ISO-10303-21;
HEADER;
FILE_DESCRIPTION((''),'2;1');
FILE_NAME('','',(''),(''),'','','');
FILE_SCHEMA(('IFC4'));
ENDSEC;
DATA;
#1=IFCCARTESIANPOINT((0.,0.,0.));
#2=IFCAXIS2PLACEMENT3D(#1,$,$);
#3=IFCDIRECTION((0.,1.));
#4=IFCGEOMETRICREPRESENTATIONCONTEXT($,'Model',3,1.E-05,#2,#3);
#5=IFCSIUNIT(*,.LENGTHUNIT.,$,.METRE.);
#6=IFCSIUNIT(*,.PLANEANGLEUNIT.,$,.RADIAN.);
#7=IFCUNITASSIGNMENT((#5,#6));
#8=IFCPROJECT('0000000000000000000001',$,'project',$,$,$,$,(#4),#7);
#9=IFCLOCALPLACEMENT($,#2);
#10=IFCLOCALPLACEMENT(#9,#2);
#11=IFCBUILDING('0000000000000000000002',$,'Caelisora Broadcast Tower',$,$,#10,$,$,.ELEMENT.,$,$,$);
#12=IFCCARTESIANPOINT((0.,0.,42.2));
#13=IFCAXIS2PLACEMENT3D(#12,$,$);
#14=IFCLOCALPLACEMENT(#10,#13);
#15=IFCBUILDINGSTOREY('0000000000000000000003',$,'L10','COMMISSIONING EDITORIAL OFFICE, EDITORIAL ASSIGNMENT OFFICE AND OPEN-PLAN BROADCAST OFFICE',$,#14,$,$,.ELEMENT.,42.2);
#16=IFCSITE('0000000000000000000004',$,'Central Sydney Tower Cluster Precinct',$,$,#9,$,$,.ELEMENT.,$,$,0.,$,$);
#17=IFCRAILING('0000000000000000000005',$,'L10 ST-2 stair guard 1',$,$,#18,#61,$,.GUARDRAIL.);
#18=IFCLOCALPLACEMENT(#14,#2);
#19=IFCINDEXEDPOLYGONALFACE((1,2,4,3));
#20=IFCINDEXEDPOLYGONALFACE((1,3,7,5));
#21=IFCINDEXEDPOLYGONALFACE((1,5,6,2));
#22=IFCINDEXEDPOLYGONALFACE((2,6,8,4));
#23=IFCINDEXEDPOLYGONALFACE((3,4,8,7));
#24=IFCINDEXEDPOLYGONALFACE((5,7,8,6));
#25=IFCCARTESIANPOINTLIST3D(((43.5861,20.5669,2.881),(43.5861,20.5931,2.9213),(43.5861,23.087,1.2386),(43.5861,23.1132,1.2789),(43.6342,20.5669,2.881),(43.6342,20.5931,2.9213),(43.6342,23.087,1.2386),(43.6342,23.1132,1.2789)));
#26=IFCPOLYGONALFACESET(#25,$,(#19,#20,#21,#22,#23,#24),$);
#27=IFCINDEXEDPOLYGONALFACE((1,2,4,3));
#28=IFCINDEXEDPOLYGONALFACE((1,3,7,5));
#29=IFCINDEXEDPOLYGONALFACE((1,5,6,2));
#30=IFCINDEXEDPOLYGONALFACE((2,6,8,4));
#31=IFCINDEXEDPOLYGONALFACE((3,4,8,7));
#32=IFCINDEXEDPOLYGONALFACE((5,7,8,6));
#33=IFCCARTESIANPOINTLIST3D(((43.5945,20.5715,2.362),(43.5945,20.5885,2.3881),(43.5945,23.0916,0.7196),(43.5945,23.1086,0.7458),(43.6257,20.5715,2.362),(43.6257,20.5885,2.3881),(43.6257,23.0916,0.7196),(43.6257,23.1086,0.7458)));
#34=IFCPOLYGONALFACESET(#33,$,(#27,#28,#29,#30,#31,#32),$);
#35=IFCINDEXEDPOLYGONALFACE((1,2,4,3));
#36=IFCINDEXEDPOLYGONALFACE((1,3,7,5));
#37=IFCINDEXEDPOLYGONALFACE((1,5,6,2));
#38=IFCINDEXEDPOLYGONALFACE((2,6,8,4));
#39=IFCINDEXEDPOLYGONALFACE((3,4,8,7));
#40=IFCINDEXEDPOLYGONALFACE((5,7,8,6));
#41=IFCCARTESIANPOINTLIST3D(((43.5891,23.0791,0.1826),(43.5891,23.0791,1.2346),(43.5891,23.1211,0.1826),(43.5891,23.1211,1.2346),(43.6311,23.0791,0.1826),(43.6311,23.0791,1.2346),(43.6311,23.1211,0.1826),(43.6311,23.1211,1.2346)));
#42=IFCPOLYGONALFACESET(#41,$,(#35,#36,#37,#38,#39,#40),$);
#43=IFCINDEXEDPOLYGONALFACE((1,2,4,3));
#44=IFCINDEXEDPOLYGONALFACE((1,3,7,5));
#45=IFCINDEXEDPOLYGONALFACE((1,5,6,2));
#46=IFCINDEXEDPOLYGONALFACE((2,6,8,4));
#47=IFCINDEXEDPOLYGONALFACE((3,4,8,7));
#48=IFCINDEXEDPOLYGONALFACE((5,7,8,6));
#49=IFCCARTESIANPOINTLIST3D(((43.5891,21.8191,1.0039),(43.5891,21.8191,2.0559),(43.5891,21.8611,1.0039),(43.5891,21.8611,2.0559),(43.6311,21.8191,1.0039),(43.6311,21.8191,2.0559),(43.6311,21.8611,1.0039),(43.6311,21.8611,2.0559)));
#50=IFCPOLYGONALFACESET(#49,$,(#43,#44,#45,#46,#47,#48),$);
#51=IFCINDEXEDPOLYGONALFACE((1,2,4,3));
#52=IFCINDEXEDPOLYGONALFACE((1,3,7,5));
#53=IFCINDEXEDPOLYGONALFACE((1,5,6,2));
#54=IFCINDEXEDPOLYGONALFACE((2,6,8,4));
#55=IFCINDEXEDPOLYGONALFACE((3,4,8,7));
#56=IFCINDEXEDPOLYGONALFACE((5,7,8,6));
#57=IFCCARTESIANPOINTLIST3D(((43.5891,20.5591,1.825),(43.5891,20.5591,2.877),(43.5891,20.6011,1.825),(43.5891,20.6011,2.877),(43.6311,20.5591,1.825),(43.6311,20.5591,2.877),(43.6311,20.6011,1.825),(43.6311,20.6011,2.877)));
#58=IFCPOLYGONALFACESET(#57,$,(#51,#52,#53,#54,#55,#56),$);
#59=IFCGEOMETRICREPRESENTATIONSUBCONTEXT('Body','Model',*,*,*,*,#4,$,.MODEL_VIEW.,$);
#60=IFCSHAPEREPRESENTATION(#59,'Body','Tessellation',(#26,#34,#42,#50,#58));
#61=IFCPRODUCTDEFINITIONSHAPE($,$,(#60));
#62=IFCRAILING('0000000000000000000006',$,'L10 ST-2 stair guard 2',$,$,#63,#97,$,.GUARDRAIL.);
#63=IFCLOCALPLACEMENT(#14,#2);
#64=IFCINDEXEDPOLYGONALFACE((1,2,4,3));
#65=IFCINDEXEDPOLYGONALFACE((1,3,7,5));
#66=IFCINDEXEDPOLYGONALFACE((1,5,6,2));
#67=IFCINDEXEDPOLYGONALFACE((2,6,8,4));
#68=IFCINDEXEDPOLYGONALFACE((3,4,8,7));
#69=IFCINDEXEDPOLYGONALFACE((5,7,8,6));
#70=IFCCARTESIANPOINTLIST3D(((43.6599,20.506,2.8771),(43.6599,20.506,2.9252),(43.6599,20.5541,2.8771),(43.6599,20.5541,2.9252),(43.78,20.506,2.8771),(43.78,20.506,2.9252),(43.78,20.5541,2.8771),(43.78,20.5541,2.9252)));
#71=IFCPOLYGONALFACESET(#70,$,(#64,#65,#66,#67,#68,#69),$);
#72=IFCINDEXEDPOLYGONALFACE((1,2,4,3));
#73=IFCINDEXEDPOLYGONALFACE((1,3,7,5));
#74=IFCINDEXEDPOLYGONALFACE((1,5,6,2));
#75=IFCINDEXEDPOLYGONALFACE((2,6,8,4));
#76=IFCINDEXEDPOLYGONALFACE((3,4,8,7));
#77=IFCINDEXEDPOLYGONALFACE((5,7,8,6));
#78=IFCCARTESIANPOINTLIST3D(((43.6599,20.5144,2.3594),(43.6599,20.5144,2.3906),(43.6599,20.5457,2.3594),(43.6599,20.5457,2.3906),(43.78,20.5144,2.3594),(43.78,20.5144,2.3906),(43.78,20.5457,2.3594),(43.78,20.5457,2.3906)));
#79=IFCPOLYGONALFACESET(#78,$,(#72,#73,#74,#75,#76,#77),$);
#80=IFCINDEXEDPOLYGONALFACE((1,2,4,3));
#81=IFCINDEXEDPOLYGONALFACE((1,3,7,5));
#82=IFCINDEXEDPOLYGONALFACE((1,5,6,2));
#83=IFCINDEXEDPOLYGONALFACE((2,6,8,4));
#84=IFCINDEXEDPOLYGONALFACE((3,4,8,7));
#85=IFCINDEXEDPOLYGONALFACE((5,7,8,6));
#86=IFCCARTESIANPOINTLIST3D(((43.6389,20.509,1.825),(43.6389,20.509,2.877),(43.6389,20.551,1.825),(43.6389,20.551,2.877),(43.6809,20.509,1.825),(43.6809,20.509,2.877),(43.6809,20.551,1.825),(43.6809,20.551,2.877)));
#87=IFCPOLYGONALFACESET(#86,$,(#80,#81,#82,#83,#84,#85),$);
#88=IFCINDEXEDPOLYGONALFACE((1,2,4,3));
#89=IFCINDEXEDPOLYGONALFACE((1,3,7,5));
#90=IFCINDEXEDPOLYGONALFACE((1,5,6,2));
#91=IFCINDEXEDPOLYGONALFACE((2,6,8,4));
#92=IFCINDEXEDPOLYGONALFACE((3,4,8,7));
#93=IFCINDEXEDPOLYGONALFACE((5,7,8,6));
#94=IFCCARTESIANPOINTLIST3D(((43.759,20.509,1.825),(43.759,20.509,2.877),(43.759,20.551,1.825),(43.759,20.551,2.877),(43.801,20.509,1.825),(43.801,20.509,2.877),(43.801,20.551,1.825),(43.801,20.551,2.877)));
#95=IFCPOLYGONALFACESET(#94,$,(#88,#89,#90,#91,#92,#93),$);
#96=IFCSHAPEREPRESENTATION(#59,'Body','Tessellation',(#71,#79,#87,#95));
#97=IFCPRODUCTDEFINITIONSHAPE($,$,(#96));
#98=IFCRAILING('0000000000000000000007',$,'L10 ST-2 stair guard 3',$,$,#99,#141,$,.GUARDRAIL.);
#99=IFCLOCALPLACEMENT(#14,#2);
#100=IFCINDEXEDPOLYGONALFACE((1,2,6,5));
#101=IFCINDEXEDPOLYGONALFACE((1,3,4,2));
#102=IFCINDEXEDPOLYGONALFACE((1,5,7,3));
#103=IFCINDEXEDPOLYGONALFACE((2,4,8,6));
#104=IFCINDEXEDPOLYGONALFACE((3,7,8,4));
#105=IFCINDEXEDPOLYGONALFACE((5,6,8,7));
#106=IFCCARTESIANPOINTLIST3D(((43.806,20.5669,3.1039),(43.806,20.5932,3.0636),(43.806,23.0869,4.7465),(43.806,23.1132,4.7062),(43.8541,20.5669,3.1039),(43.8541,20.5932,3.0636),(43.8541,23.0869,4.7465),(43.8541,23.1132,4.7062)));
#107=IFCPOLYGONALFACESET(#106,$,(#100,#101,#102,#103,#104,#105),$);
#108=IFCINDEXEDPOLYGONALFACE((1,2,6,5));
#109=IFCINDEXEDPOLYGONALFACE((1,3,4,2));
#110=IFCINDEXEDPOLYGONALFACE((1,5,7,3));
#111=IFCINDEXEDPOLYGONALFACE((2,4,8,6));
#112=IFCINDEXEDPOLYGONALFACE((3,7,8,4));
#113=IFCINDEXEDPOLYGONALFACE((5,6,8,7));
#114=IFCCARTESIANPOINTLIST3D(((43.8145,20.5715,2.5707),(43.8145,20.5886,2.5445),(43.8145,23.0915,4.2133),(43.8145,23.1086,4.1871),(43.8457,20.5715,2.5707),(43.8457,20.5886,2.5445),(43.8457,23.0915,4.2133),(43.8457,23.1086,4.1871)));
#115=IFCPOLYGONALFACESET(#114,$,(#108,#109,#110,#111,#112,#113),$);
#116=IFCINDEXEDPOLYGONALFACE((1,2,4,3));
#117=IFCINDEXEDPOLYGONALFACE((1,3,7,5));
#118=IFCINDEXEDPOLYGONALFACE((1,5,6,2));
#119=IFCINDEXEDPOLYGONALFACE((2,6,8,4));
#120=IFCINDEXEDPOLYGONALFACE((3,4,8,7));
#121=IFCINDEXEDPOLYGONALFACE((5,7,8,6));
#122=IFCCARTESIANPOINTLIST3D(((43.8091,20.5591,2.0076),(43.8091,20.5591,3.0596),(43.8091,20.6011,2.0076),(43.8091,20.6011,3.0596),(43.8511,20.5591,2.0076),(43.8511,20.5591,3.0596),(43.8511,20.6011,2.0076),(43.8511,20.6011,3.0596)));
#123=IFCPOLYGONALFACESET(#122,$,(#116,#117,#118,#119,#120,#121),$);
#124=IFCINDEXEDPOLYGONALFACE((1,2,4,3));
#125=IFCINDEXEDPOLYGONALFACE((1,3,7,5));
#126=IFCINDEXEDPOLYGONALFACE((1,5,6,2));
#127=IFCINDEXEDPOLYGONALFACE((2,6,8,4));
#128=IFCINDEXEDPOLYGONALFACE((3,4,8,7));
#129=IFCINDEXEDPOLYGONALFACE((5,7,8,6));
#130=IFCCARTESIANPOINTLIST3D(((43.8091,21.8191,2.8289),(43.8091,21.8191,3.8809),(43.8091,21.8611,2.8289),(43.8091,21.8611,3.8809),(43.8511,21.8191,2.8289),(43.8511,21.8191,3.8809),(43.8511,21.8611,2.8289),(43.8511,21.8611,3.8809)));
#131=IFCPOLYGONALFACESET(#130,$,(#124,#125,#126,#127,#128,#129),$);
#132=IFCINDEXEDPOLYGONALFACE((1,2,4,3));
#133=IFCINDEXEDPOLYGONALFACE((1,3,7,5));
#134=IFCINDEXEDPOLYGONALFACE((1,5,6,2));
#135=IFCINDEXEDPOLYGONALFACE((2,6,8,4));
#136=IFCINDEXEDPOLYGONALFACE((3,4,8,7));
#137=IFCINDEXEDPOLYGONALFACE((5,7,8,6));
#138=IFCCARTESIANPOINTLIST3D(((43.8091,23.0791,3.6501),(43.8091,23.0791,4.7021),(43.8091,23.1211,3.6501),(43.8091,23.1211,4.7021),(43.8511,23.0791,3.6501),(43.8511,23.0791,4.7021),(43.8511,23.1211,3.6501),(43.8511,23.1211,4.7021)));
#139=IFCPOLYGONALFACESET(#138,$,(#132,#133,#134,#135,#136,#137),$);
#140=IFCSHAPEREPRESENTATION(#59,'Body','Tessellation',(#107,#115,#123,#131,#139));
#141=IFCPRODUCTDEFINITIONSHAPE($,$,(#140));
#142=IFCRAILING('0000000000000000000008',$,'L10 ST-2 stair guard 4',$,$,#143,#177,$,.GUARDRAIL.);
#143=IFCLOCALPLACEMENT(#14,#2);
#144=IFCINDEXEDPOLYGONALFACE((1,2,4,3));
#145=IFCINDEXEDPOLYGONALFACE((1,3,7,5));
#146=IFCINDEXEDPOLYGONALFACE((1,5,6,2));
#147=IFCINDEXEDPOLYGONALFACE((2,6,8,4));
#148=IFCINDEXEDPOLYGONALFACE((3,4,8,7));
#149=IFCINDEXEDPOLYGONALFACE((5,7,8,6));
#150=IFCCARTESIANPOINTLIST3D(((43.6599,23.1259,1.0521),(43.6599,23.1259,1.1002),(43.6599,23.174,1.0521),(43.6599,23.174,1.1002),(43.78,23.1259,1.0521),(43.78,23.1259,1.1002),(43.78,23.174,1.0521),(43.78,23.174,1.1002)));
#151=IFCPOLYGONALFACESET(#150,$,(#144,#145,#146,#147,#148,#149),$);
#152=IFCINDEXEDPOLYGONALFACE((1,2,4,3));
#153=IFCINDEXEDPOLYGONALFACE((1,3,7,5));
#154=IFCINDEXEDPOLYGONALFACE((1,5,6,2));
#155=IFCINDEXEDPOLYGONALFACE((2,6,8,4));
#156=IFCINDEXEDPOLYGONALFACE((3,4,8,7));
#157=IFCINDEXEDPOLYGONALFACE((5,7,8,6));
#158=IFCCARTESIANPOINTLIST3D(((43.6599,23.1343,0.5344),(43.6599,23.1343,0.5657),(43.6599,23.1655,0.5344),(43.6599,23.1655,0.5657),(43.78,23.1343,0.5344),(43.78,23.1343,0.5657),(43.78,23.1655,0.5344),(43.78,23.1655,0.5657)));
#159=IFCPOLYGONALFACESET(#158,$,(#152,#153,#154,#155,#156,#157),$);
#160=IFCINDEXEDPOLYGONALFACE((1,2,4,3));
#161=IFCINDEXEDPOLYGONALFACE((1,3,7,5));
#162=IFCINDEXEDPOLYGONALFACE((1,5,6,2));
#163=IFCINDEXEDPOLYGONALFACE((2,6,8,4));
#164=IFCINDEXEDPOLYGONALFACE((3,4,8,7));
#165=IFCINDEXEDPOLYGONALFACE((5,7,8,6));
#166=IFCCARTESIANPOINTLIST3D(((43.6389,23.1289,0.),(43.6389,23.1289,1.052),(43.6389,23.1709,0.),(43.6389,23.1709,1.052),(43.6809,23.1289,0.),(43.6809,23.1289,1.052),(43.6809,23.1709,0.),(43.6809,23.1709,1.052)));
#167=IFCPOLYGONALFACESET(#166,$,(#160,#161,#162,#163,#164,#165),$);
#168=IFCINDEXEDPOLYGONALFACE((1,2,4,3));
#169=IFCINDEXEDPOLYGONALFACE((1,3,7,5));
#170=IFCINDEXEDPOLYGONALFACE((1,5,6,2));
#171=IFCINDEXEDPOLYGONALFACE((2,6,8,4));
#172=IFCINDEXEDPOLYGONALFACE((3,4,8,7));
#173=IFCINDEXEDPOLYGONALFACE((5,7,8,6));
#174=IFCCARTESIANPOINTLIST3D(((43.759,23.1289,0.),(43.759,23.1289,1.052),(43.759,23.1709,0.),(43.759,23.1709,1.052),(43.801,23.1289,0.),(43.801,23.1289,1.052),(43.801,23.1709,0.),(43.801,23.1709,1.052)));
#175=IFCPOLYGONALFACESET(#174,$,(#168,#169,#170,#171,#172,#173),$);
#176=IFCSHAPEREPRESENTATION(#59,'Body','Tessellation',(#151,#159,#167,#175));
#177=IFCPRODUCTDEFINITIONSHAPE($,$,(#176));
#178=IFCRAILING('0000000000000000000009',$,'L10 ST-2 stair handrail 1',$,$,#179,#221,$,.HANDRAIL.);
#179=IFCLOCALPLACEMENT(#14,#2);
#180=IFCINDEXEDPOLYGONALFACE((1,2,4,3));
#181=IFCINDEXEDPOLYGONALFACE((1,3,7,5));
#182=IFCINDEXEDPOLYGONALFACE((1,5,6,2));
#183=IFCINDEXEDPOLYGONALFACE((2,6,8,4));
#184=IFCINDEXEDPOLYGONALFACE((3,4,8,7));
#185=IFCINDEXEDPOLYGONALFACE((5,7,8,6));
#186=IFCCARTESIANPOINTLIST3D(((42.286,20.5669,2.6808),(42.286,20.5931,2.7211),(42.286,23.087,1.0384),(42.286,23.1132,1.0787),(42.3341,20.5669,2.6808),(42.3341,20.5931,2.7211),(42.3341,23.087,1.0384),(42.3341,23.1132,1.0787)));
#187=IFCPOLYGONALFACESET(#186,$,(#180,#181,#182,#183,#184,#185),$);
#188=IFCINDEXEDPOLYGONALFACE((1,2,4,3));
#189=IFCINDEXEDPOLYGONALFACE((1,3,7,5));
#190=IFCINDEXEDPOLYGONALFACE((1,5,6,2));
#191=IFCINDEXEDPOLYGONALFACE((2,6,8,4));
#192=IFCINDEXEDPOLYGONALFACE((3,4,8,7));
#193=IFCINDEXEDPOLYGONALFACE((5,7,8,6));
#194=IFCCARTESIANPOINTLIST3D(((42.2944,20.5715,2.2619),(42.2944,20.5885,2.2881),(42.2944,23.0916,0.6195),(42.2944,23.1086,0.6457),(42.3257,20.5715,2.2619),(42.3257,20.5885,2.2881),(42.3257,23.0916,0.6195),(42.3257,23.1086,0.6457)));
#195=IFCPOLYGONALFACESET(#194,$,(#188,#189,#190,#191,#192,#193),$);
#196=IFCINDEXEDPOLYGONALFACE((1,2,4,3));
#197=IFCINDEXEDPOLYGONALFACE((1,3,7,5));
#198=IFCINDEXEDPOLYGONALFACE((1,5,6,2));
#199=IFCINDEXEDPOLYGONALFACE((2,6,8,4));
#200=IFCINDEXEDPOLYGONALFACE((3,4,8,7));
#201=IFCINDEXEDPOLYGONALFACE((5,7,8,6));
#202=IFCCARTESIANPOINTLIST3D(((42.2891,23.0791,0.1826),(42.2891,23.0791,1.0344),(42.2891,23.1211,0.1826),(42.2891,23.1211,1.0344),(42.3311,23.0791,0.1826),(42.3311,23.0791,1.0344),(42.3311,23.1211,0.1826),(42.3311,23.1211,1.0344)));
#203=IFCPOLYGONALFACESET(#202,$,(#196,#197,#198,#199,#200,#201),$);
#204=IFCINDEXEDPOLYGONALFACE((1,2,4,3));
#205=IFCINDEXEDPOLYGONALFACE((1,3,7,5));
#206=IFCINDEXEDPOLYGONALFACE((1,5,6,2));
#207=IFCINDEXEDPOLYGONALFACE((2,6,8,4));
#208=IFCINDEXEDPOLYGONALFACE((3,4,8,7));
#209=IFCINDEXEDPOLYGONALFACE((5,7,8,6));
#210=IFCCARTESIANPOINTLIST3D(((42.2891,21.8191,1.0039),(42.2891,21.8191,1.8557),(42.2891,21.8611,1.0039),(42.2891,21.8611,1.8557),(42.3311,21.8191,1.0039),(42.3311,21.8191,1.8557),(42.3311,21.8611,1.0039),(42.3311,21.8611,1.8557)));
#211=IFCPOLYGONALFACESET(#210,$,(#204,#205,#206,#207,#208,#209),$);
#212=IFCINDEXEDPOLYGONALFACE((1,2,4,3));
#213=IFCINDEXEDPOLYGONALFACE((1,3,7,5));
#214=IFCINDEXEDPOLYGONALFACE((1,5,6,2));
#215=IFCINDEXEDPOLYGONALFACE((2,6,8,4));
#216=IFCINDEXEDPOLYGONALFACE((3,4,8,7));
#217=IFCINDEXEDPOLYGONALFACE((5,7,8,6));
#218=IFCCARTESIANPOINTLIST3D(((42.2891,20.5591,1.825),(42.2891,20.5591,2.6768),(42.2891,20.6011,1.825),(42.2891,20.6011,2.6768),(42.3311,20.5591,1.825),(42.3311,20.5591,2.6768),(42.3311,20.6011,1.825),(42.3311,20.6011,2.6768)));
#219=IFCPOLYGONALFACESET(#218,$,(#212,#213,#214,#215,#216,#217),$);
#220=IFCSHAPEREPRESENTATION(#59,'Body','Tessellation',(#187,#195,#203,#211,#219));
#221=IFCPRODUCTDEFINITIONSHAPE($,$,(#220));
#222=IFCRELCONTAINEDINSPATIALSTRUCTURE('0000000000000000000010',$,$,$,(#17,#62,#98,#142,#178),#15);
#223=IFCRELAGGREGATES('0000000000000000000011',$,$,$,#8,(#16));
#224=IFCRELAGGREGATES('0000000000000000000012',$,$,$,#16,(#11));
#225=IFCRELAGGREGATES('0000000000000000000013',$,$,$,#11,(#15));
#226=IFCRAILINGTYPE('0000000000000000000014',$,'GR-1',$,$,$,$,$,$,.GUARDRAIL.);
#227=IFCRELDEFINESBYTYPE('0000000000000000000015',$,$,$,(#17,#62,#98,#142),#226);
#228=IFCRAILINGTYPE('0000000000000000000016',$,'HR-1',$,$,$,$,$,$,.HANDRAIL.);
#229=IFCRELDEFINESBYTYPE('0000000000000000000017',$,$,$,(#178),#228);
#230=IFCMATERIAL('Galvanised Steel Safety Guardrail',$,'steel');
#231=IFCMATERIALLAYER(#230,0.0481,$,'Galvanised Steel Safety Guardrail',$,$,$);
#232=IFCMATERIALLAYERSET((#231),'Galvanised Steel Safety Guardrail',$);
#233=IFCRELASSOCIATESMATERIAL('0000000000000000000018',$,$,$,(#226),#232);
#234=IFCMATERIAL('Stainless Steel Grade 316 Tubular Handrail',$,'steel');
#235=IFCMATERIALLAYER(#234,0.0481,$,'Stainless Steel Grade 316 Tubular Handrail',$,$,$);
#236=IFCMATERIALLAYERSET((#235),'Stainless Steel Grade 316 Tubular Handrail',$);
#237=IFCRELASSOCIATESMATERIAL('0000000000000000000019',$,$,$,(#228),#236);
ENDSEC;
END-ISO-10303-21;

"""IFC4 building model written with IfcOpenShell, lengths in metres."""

from ifc_helpers import new_model, si_unit, direction, frame, origin, origin_2d, place, context, subcontext, project, spatial, rectangle, extrude, material, layer, layer_set, type_object, element, save


model = new_model("IFC4")

# Units and contexts
model_context = context("Model", 3, precision=1e-05, world=origin(), true_north=direction((0.0, 1.0)))
body_context = subcontext(model_context, "Body", "Model", "MODEL_VIEW")
ifc_project = project(units=[si_unit("LENGTHUNIT", "METRE"), si_unit("PLANEANGLEUNIT", "RADIAN")], contexts=[model_context])

# Site, building, storey
site_placement = place(None, origin())
site = spatial("IfcSite", under=ifc_project, at=site_placement, Name="Central Sydney Tower Cluster Precinct", CompositionType="ELEMENT", RefElevation=0.0)
building_placement = place(site_placement, origin())
building = spatial("IfcBuilding", under=site, at=building_placement, Name="Caelisora Broadcast Tower", CompositionType="ELEMENT")
storey_placement = place(building_placement, frame((0.0, 0.0, 42.2)))
storey = spatial("IfcBuildingStorey", under=building, at=storey_placement, Name="L10", Description="COMMISSIONING EDITORIAL OFFICE, EDITORIAL ASSIGNMENT OFFICE AND OPEN-PLAN BROADCAST OFFICE", CompositionType="ELEMENT", Elevation=42.2)

# Railings
ifc_material_1 = material(Name="Galvanised Steel Safety Guardrail", Category="steel")
ifc_layer_1 = layer(ifc_material_1, 0.0481, Name="Galvanised Steel Safety Guardrail")
ifc_layer_set_1 = layer_set([ifc_layer_1], Name="Galvanised Steel Safety Guardrail")
railing_type_1 = type_object("IfcRailingType", Name="GR-1", PredefinedType="GUARDRAIL", material=ifc_layer_set_1)
railing_1_placement = place(storey_placement, frame((43.6101, 23.1001, 0.1826)))
element("IfcRailing", 1, at=railing_1_placement, inside=storey, type_object=railing_type_1, Name="L10 ST-2 stair guard 1", PredefinedType="GUARDRAIL", context=body_context, shape_type="SweptSolid", body=[
    extrude(rectangle(XDim=0.0481, YDim=0.0481, at=origin_2d()), frame((0.0, 0.0, 1.0762), z_axis=(0.0, -0.837787, 0.545998), x_axis=(1.0, 0.0, 0.0)), (0.0, 0.0, 1.0), 3.0081),
    extrude(rectangle(XDim=0.0312, YDim=0.0312, at=origin_2d()), frame((0.0, 0.0, 0.55), z_axis=(0.0, -0.837787, 0.545998), x_axis=(1.0, 0.0, 0.0)), (0.0, 0.0, 1.0), 3.0081),
    extrude(rectangle(XDim=0.042, YDim=0.042, at=origin_2d()), origin(), (0.0, 0.0, 1.0), 1.052),
    extrude(rectangle(XDim=0.042, YDim=0.042, at=origin_2d()), frame((0.0, -1.26, 0.8213)), (0.0, 0.0, 1.0), 1.052),
    extrude(rectangle(XDim=0.042, YDim=0.042, at=origin_2d()), frame((0.0, -2.52, 1.6423)), (0.0, 0.0, 1.0), 1.052),
])
railing_2_placement = place(storey_placement, frame((43.6599, 20.53, 1.825)))
element("IfcRailing", 2, at=railing_2_placement, inside=storey, type_object=railing_type_1, Name="L10 ST-2 stair guard 2", PredefinedType="GUARDRAIL", context=body_context, shape_type="SweptSolid", body=[
    extrude(rectangle(XDim=0.0481, YDim=0.0481, at=origin_2d()), frame((0.0, 0.0, 1.0762), z_axis=(1.0, 0.0, 0.0), x_axis=(0.0, 1.0, 0.0)), (0.0, 0.0, 1.0), 0.1201),
    extrude(rectangle(XDim=0.0312, YDim=0.0312, at=origin_2d()), frame((0.0, 0.0, 0.55), z_axis=(1.0, 0.0, 0.0), x_axis=(0.0, 1.0, 0.0)), (0.0, 0.0, 1.0), 0.1201),
    extrude(rectangle(XDim=0.042, YDim=0.042, at=origin_2d()), origin(), (0.0, 0.0, 1.0), 1.052),
    extrude(rectangle(XDim=0.042, YDim=0.042, at=origin_2d()), frame((0.1201, 0.0, 0.0)), (0.0, 0.0, 1.0), 1.052),
])
railing_3_placement = place(storey_placement, frame((43.8301, 20.5801, 2.0076)))
element("IfcRailing", 3, at=railing_3_placement, inside=storey, type_object=railing_type_1, Name="L10 ST-2 stair guard 3", PredefinedType="GUARDRAIL", context=body_context, shape_type="SweptSolid", body=[
    extrude(rectangle(XDim=0.0481, YDim=0.0481, at=origin_2d()), frame((0.0, 0.0, 1.0762), z_axis=(0.0, 0.837749, 0.546055), x_axis=(-1.0, 0.0, 0.0)), (0.0, 0.0, 1.0), 3.0081),
    extrude(rectangle(XDim=0.0312, YDim=0.0312, at=origin_2d()), frame((0.0, 0.0, 0.55), z_axis=(0.0, 0.837749, 0.546055), x_axis=(-1.0, 0.0, 0.0)), (0.0, 0.0, 1.0), 3.0081),
    extrude(rectangle(XDim=0.042, YDim=0.042, at=origin_2d()), origin(), (0.0, 0.0, 1.0), 1.052),
    extrude(rectangle(XDim=0.042, YDim=0.042, at=origin_2d()), frame((0.0, 1.26, 0.8213)), (0.0, 0.0, 1.0), 1.052),
    extrude(rectangle(XDim=0.042, YDim=0.042, at=origin_2d()), frame((0.0, 2.52, 1.6426)), (0.0, 0.0, 1.0), 1.052),
])
railing_4_placement = place(storey_placement, frame((43.6599, 23.1499, 0.0)))
element("IfcRailing", 4, at=railing_4_placement, inside=storey, type_object=railing_type_1, Name="L10 ST-2 stair guard 4", PredefinedType="GUARDRAIL", context=body_context, shape_type="SweptSolid", body=[
    extrude(rectangle(XDim=0.0481, YDim=0.0481, at=origin_2d()), frame((0.0, 0.0, 1.0762), z_axis=(1.0, 0.0, 0.0), x_axis=(0.0, 1.0, 0.0)), (0.0, 0.0, 1.0), 0.1201),
    extrude(rectangle(XDim=0.0312, YDim=0.0312, at=origin_2d()), frame((0.0, 0.0, 0.55), z_axis=(1.0, 0.0, 0.0), x_axis=(0.0, 1.0, 0.0)), (0.0, 0.0, 1.0), 0.1201),
    extrude(rectangle(XDim=0.042, YDim=0.042, at=origin_2d()), origin(), (0.0, 0.0, 1.0), 1.052),
    extrude(rectangle(XDim=0.042, YDim=0.042, at=origin_2d()), frame((0.1201, 0.0, 0.0)), (0.0, 0.0, 1.0), 1.052),
])
ifc_material_2 = material(Name="Stainless Steel Grade 316 Tubular Handrail", Category="steel")
ifc_layer_2 = layer(ifc_material_2, 0.0481, Name="Stainless Steel Grade 316 Tubular Handrail")
ifc_layer_set_2 = layer_set([ifc_layer_2], Name="Stainless Steel Grade 316 Tubular Handrail")
railing_type_2 = type_object("IfcRailingType", Name="HR-1", PredefinedType="HANDRAIL", material=ifc_layer_set_2)
railing_5_placement = place(storey_placement, frame((42.3101, 23.1001, 0.1826)))
element("IfcRailing", 5, at=railing_5_placement, inside=storey, type_object=railing_type_2, Name="L10 ST-2 stair handrail 1", PredefinedType="HANDRAIL", context=body_context, shape_type="SweptSolid", body=[
    extrude(rectangle(XDim=0.0481, YDim=0.0481, at=origin_2d()), frame((0.0, 0.0, 0.876), z_axis=(0.0, -0.837787, 0.545998), x_axis=(1.0, 0.0, 0.0)), (0.0, 0.0, 1.0), 3.0081),
    extrude(rectangle(XDim=0.0312, YDim=0.0312, at=origin_2d()), frame((0.0, 0.0, 0.45), z_axis=(0.0, -0.837787, 0.545998), x_axis=(1.0, 0.0, 0.0)), (0.0, 0.0, 1.0), 3.0081),
    extrude(rectangle(XDim=0.042, YDim=0.042, at=origin_2d()), origin(), (0.0, 0.0, 1.0), 0.8518),
    extrude(rectangle(XDim=0.042, YDim=0.042, at=origin_2d()), frame((0.0, -1.26, 0.8213)), (0.0, 0.0, 1.0), 0.8518),
    extrude(rectangle(XDim=0.042, YDim=0.042, at=origin_2d()), frame((0.0, -2.52, 1.6423)), (0.0, 0.0, 1.0), 0.8518),
])

save(model, "model.ifc")
